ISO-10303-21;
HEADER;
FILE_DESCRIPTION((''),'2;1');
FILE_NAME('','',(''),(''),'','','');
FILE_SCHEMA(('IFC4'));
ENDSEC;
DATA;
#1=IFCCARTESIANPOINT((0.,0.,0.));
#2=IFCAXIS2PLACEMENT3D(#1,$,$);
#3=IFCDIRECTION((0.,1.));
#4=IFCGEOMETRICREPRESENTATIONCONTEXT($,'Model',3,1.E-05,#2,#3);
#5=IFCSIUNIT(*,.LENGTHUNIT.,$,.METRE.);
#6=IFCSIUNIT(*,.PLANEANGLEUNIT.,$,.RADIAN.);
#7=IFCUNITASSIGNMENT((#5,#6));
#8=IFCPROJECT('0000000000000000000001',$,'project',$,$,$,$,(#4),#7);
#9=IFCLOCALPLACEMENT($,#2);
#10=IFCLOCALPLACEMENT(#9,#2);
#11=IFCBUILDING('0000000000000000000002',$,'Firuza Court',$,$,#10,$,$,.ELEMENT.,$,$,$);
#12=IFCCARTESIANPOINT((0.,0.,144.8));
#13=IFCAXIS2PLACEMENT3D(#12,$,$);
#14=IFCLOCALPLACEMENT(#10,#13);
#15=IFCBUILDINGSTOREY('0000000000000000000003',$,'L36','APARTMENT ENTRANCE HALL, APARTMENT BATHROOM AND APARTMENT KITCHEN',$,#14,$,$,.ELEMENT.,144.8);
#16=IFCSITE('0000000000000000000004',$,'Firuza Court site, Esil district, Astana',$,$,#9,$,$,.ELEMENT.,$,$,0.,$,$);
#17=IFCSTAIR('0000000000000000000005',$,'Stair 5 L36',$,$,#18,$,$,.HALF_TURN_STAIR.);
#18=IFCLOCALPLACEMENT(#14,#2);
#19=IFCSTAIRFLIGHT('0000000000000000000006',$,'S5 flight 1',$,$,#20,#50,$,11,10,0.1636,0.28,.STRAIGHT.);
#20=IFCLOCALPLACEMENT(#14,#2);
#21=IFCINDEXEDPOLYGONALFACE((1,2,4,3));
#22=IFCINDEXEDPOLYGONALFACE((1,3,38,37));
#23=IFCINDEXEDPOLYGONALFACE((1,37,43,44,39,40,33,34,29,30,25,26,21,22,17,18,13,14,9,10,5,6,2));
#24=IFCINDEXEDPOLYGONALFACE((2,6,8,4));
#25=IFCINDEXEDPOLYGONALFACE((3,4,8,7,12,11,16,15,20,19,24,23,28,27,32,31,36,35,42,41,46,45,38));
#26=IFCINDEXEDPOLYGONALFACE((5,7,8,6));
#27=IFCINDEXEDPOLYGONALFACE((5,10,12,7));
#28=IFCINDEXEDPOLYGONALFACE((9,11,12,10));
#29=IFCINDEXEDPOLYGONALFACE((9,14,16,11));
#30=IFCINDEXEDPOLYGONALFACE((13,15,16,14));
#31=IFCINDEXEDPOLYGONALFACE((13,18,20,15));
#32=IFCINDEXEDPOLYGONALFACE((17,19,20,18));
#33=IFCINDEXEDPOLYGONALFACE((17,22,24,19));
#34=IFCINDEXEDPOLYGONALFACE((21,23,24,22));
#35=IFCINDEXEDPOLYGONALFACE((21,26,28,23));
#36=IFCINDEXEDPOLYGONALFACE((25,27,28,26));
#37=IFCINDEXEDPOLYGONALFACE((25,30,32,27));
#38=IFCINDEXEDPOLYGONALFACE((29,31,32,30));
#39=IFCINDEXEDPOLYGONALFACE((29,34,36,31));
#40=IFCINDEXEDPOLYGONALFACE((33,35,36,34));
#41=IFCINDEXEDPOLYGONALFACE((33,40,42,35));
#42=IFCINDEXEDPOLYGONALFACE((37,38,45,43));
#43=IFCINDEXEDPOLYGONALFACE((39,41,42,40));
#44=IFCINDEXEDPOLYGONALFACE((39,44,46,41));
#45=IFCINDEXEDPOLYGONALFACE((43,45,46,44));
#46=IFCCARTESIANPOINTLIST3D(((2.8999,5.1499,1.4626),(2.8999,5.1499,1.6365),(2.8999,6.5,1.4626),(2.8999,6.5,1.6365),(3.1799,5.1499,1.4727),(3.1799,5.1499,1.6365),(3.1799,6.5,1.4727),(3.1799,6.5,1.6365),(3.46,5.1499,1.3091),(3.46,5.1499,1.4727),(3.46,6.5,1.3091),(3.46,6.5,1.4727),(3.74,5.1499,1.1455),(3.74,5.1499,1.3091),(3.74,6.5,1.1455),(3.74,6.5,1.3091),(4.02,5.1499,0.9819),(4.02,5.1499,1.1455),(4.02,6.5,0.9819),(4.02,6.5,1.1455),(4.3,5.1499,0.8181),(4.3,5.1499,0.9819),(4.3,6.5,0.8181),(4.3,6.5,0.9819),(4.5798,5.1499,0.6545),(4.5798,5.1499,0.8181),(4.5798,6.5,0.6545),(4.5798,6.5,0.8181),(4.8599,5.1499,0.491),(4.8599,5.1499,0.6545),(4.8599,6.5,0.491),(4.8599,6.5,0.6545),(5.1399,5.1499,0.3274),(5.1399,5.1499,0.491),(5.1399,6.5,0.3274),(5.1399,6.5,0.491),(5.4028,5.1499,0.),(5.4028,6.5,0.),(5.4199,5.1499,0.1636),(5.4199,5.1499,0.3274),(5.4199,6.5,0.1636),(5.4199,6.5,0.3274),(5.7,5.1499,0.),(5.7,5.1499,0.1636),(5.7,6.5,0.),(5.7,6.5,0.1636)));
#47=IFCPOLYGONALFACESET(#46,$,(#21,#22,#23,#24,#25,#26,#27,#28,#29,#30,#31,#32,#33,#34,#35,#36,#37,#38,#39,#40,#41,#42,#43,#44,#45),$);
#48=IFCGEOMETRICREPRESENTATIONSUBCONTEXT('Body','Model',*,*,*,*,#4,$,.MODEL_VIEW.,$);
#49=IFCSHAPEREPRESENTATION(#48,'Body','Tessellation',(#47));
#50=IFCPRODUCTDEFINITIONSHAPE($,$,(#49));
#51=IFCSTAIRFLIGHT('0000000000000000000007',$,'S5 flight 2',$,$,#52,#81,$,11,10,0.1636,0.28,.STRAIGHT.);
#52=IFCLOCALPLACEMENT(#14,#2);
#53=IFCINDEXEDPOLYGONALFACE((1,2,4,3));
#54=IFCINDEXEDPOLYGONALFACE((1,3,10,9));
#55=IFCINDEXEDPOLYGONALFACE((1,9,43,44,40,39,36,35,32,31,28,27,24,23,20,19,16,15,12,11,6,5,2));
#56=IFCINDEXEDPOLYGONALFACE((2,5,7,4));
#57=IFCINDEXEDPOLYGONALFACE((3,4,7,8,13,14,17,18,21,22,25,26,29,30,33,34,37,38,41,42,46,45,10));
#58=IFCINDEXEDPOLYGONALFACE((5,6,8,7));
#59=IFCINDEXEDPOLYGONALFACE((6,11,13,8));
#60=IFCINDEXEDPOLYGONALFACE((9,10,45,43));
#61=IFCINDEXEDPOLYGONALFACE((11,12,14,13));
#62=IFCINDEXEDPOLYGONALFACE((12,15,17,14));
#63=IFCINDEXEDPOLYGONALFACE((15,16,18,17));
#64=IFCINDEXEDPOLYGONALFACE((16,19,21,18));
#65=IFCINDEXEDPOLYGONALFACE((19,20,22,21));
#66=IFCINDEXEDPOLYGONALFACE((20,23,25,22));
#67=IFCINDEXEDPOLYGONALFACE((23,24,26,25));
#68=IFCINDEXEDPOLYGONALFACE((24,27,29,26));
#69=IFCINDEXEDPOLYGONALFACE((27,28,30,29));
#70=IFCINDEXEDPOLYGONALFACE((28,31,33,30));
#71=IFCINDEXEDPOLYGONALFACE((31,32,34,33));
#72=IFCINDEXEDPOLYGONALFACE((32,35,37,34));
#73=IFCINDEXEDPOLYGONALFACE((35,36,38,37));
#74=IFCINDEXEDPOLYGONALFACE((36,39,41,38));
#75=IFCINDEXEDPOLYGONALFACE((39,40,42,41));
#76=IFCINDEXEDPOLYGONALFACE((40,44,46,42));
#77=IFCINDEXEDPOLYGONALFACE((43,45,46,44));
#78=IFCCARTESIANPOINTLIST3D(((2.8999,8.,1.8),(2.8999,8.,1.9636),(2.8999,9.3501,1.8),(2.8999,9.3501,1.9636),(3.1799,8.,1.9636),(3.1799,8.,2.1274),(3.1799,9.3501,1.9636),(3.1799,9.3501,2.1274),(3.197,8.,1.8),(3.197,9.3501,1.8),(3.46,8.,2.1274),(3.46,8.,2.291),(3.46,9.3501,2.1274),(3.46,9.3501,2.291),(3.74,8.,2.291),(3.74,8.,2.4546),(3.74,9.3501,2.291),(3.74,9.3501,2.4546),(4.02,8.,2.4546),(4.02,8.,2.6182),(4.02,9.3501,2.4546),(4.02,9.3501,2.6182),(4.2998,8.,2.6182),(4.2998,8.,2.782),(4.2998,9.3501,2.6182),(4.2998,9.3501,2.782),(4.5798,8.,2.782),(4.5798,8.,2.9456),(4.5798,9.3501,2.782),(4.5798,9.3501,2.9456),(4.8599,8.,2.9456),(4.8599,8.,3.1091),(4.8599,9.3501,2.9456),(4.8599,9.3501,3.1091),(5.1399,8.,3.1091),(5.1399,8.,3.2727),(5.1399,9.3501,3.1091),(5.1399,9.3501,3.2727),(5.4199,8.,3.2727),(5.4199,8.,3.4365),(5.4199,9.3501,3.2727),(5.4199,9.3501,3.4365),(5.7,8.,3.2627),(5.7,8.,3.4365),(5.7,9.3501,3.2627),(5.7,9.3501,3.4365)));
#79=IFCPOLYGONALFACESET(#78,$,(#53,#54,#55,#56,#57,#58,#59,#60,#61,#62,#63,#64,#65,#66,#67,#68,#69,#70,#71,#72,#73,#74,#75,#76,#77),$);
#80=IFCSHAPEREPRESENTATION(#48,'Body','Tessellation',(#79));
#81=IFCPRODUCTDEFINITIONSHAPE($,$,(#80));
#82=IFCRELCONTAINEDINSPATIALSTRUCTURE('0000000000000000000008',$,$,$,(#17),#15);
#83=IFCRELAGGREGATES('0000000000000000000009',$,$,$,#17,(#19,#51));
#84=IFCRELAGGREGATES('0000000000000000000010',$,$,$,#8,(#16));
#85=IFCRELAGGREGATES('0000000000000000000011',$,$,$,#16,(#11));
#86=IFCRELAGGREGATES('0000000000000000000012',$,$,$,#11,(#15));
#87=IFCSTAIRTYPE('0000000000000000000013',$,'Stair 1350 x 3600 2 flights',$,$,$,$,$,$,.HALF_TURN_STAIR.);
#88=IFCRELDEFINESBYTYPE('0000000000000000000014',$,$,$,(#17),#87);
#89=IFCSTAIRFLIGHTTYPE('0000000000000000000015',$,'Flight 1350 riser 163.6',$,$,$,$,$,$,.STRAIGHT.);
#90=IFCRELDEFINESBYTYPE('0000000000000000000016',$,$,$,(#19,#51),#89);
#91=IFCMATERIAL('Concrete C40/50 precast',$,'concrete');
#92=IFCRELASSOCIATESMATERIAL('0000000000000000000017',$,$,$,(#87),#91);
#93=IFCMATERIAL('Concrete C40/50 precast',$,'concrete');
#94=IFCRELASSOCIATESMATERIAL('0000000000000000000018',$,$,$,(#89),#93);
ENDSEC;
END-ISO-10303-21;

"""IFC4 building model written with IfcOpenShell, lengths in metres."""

from ifc_helpers import new_model, si_unit, direction, frame, origin, place, context, subcontext, project, spatial, polyline, outline, extrude, material, type_object, element, aggregate, save


model = new_model("IFC4")

# Units and contexts
model_context = context("Model", 3, precision=1e-05, world=origin(), true_north=direction((0.0, 1.0)))
body_context = subcontext(model_context, "Body", "Model", "MODEL_VIEW")
ifc_project = project(units=[si_unit("LENGTHUNIT", "METRE"), si_unit("PLANEANGLEUNIT", "RADIAN")], contexts=[model_context])

# Site, building, storey
site_placement = place(None, origin())
site = spatial("IfcSite", under=ifc_project, at=site_placement, Name="Firuza Court site, Esil district, Astana", CompositionType="ELEMENT", RefElevation=0.0)
building_placement = place(site_placement, origin())
building = spatial("IfcBuilding", under=site, at=building_placement, Name="Firuza Court", CompositionType="ELEMENT")
storey_placement = place(building_placement, frame((0.0, 0.0, 144.8)))
storey = spatial("IfcBuildingStorey", under=building, at=storey_placement, Name="L36", Description="APARTMENT ENTRANCE HALL, APARTMENT BATHROOM AND APARTMENT KITCHEN", CompositionType="ELEMENT", Elevation=144.8)

# Stair, stair flights
ifc_material_1 = material(Name="Concrete C40/50 precast", Category="concrete")
stair_type = type_object("IfcStairType", Name="Stair 1350 x 3600 2 flights", PredefinedType="HALF_TURN_STAIR", material=ifc_material_1)
stair_placement = place(storey_placement, origin())
stair = element("IfcStair", 1, at=stair_placement, inside=storey, type_object=stair_type, Name="Stair 5 L36", PredefinedType="HALF_TURN_STAIR")
ifc_material_2 = material(Name="Concrete C40/50 precast", Category="concrete")
stair_flight_type = type_object("IfcStairFlightType", Name="Flight 1350 riser 163.6", PredefinedType="STRAIGHT", material=ifc_material_2)
stair_flight_1_placement = place(storey_placement, frame((5.7, 5.825, 0.0), z_axis=(0.0, 0.0, 1.0), x_axis=(-1.0, 0.0, 0.0)))
stair_flight_1 = element("IfcStairFlight", 2, at=stair_flight_1_placement, type_object=stair_flight_type, Name="S5 flight 1", NumberOfRisers=11, NumberOfTreads=10, PredefinedType="STRAIGHT", RiserHeight=0.1636, TreadLength=0.28, context=body_context, shape_type="SweptSolid", body=[
    extrude(outline(polyline([(0.0, 0.0), (0.0, 0.1636), (0.28, 0.1636), (0.28, 0.3274), (0.5601, 0.3274), (0.5601, 0.491), (0.8401, 0.491), (0.8401, 0.6545), (1.1201, 0.6545), (1.1201, 0.8181), (1.3999, 0.8181), (1.3999, 0.9819), (1.6799, 0.9819), (1.6799, 1.1455), (1.96, 1.1455), (1.96, 1.3091), (2.24, 1.3091), (2.24, 1.4727), (2.52, 1.4727), (2.52, 1.6365), (2.8, 1.6365), (2.8, 1.8), (2.8, 1.4626), (0.2971, 0.0), (0.0, 0.0)])), frame((0.0, 0.675, 0.0), z_axis=(0.0, -1.0, 0.0), x_axis=(1.0, 0.0, 0.0)), (0.0, 0.0, 1.0), 1.3501),
])
stair_flight_2_placement = place(storey_placement, frame((2.8999, 8.675, 1.8), z_axis=(0.0, 0.0, 1.0), x_axis=(1.0, 0.0, 0.0)))
stair_flight_2 = element("IfcStairFlight", 3, at=stair_flight_2_placement, type_object=stair_flight_type, Name="S5 flight 2", NumberOfRisers=11, NumberOfTreads=10, PredefinedType="STRAIGHT", RiserHeight=0.1636, TreadLength=0.28, context=body_context, shape_type="SweptSolid", body=[
    extrude(outline(polyline([(0.0, 0.0), (0.0, 0.1636), (0.28, 0.1636), (0.28, 0.3274), (0.5601, 0.3274), (0.5601, 0.491), (0.8401, 0.491), (0.8401, 0.6545), (1.1201, 0.6545), (1.1201, 0.8181), (1.3999, 0.8181), (1.3999, 0.9819), (1.6799, 0.9819), (1.6799, 1.1455), (1.96, 1.1455), (1.96, 1.3091), (2.24, 1.3091), (2.24, 1.4727), (2.52, 1.4727), (2.52, 1.6365), (2.8, 1.6365), (2.8, 1.8), (2.8, 1.4626), (0.2971, 0.0), (0.0, 0.0)])), frame((0.0, 0.675, 0.0), z_axis=(0.0, -1.0, 0.0), x_axis=(1.0, 0.0, 0.0)), (0.0, 0.0, 1.0), 1.3501),
])
aggregate(stair, [stair_flight_1, stair_flight_2])

save(model, "model.ifc")
